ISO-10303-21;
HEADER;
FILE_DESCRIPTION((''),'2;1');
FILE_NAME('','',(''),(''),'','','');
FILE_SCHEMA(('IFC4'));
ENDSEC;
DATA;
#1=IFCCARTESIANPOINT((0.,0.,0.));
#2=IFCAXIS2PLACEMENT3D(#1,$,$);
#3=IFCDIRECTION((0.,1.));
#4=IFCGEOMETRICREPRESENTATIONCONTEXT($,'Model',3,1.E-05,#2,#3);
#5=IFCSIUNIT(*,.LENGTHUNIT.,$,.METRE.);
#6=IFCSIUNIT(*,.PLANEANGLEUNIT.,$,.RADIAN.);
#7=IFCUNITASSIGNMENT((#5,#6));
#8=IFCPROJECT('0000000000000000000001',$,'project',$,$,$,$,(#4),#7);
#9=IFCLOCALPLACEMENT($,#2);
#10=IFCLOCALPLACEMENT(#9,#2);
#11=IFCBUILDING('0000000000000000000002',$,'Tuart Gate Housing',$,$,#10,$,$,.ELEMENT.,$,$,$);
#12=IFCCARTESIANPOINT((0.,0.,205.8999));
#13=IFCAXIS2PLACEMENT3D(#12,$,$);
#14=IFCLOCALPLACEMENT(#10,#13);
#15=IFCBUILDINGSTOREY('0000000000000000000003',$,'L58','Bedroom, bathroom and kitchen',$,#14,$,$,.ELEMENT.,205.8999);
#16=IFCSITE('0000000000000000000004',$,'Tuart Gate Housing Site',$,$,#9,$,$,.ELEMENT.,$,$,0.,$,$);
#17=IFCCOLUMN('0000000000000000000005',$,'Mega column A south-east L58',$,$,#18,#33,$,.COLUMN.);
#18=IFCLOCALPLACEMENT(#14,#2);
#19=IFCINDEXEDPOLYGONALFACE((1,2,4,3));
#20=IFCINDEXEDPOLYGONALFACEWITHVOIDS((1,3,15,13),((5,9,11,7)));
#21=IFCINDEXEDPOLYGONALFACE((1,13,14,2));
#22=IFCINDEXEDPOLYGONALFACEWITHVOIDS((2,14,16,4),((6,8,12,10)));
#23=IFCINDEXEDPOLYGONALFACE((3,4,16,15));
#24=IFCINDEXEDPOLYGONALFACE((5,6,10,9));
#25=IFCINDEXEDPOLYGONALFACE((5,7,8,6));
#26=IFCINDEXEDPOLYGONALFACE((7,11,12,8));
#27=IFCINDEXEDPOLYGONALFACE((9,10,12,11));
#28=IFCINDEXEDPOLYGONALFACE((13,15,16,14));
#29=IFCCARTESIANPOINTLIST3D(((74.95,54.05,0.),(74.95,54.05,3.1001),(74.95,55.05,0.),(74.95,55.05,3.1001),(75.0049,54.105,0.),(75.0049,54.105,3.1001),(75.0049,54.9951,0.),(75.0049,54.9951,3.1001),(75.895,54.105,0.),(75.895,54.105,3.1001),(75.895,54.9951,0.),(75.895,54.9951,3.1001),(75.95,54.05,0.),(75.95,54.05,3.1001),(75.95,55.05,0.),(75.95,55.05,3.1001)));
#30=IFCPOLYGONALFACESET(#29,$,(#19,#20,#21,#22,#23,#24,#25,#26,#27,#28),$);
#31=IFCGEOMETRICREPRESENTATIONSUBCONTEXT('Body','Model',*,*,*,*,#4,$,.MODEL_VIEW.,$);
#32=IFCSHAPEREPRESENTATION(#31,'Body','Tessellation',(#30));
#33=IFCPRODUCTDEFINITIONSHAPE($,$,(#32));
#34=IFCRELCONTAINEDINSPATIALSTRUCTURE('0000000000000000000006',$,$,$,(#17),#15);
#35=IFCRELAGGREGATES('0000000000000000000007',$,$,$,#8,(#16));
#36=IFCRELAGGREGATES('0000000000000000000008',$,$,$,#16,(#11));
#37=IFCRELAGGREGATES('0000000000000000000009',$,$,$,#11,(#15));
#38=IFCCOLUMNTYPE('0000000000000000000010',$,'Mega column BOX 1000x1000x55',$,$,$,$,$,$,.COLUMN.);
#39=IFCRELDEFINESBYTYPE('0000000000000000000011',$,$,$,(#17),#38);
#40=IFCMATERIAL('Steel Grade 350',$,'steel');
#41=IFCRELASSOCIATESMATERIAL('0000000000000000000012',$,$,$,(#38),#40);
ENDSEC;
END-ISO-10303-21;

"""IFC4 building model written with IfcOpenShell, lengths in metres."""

from ifc_helpers import new_model, si_unit, direction, frame, origin, origin_2d, place, context, subcontext, project, spatial, hollow_rectangle, extrude, material, material_profile, profile_set, type_object, element, save


model = new_model("IFC4")

# Units and contexts
model_context = context("Model", 3, precision=1e-05, world=origin(), true_north=direction((0.0, 1.0)))
body_context = subcontext(model_context, "Body", "Model", "MODEL_VIEW")
ifc_project = project(units=[si_unit("LENGTHUNIT", "METRE"), si_unit("PLANEANGLEUNIT", "RADIAN")], contexts=[model_context])

# Site, building, storey
site_placement = place(None, origin())
site = spatial("IfcSite", under=ifc_project, at=site_placement, Name="Tuart Gate Housing Site", CompositionType="ELEMENT", RefElevation=0.0)
building_placement = place(site_placement, origin())
building = spatial("IfcBuilding", under=site, at=building_placement, Name="Tuart Gate Housing", CompositionType="ELEMENT")
storey_placement = place(building_placement, frame((0.0, 0.0, 205.8999)))
storey = spatial("IfcBuildingStorey", under=building, at=storey_placement, Name="L58", Description="Bedroom, bathroom and kitchen", CompositionType="ELEMENT", Elevation=205.8999)

# Column
ifc_material_1 = material(Name="Steel Grade 350", Category="steel")
ifc_material_profile = material_profile(ifc_material_1, hollow_rectangle(XDim=1.0, YDim=1.0, WallThickness=0.0549, at=origin_2d()), Name="BOX 1000x1000x55")
ifc_profile_set = profile_set([ifc_material_profile], Name="Steel Grade 350")
column_type = type_object("IfcColumnType", Name="Mega column BOX 1000x1000x55", PredefinedType="COLUMN", material=ifc_profile_set)
column_placement = place(storey_placement, frame((75.45, 54.55, 0.0), z_axis=(0.0, 0.0, 1.0), x_axis=(1.0, 0.0, 0.0)))
element("IfcColumn", 1, at=column_placement, inside=storey, type_object=column_type, Name="Mega column A south-east L58", PredefinedType="COLUMN", context=body_context, shape_type="SweptSolid", body=[
    extrude(hollow_rectangle(XDim=1.0, YDim=1.0, WallThickness=0.0549, at=origin_2d()), origin(), (0.0, 0.0, 1.0), 3.1001),
])

save(model, "model.ifc")
